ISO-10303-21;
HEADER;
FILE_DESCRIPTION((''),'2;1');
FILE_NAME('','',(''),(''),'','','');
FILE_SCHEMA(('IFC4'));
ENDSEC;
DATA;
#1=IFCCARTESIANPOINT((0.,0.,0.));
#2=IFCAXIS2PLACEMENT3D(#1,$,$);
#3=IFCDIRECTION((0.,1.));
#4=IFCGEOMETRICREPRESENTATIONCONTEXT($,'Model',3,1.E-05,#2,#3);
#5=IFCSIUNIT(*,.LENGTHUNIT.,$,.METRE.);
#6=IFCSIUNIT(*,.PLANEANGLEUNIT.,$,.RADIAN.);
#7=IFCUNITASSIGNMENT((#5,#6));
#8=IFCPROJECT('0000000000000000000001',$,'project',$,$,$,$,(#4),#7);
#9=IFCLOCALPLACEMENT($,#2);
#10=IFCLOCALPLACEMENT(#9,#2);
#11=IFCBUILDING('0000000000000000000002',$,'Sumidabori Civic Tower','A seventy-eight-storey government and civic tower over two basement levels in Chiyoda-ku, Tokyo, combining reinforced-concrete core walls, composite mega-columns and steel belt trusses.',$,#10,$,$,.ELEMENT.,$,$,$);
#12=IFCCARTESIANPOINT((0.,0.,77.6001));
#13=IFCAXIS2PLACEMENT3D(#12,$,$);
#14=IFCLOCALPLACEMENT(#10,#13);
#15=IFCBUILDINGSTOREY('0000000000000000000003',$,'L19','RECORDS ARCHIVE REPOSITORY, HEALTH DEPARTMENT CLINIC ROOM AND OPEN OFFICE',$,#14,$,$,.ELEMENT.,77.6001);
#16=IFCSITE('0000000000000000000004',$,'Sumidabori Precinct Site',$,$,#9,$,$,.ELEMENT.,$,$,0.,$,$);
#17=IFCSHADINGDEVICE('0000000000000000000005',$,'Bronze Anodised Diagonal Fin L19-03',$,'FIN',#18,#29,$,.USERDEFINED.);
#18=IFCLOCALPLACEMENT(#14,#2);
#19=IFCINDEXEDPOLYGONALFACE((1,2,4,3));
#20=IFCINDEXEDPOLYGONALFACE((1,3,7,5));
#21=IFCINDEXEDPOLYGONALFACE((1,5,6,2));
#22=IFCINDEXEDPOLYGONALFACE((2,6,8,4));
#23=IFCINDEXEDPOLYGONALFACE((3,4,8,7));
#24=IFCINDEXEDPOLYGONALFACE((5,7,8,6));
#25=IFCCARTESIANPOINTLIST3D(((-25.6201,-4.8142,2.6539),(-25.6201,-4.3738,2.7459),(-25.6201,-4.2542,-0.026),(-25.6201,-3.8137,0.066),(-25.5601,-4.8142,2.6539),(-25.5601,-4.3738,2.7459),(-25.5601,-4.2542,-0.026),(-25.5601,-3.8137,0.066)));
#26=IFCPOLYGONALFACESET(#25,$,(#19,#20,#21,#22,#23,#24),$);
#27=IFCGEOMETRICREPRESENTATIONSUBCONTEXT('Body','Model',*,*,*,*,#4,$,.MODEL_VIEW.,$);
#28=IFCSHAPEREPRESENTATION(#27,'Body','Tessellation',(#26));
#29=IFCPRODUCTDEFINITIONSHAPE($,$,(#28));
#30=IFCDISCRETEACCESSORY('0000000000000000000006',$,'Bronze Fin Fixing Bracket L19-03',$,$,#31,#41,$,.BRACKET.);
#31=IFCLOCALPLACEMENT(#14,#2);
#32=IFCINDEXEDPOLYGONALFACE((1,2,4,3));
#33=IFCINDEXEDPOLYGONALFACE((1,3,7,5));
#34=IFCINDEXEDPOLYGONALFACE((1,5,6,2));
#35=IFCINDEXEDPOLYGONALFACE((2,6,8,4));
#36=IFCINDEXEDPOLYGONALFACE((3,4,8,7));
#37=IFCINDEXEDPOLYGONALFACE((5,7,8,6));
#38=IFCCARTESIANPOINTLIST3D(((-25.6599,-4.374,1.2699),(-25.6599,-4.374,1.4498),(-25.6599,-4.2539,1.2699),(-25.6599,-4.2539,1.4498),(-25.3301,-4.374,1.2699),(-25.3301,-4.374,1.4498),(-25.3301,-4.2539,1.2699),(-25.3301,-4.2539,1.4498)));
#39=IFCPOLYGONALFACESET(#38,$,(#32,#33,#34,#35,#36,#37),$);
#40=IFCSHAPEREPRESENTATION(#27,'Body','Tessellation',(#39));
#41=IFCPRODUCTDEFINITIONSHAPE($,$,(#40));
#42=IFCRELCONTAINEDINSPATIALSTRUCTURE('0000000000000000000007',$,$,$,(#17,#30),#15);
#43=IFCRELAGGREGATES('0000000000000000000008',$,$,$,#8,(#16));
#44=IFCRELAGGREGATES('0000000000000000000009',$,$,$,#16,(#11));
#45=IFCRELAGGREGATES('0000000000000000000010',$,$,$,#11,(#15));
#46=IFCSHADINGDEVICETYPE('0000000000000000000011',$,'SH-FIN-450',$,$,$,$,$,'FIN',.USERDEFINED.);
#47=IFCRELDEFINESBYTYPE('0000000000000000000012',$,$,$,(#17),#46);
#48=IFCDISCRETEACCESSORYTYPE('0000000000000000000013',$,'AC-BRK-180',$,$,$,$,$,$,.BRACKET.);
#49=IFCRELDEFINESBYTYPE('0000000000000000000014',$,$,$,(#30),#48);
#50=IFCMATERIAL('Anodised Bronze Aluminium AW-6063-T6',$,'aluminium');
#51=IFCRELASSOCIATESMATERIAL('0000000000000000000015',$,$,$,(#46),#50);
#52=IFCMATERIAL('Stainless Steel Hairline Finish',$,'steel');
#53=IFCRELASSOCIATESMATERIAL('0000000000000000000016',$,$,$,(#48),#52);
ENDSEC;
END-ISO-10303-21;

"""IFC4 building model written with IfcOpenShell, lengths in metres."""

from ifc_helpers import new_model, si_unit, direction, frame, origin, origin_2d, place, context, subcontext, project, spatial, rectangle, extrude, source, transform, mapped, material, material_profile, profile_set, type_object, element, save


model = new_model("IFC4")

# Units and contexts
model_context = context("Model", 3, precision=1e-05, world=origin(), true_north=direction((0.0, 1.0)))
body_context = subcontext(model_context, "Body", "Model", "MODEL_VIEW")
ifc_project = project(units=[si_unit("LENGTHUNIT", "METRE"), si_unit("PLANEANGLEUNIT", "RADIAN")], contexts=[model_context])

# Site, building, storey
site_placement = place(None, origin())
site = spatial("IfcSite", under=ifc_project, at=site_placement, Name="Sumidabori Precinct Site", CompositionType="ELEMENT", RefElevation=0.0)
building_placement = place(site_placement, origin())
building = spatial("IfcBuilding", under=site, at=building_placement, Name="Sumidabori Civic Tower", Description="A seventy-eight-storey government and civic tower over two basement levels in Chiyoda-ku, Tokyo, combining reinforced-concrete core walls, composite mega-columns and steel belt trusses.", CompositionType="ELEMENT")
storey_placement = place(building_placement, frame((0.0, 0.0, 77.6001)))
storey = spatial("IfcBuildingStorey", under=building, at=storey_placement, Name="L19", Description="RECORDS ARCHIVE REPOSITORY, HEALTH DEPARTMENT CLINIC ROOM AND OPEN OFFICE", CompositionType="ELEMENT", Elevation=77.6001)

# Shared definitions
ifc_material_1 = material(Name="Anodised Bronze Aluminium AW-6063-T6", Category="aluminium")

# Shading device
ifc_material_profile_1 = material_profile(ifc_material_1, rectangle(XDim=0.0601, YDim=0.45, at=origin_2d()), Name="BRONZE FIN 450x60")
ifc_profile_set_1 = profile_set([ifc_material_profile_1], Name="Anodised Bronze Aluminium AW-6063-T6")
shading_device_type = type_object("IfcShadingDeviceType", Name="SH-FIN-450", ElementType="FIN", PredefinedType="USERDEFINED", material=ifc_profile_set_1)
shared_shape_1 = source(origin(), body_context, "Body", "SweptSolid", [
    extrude(rectangle(XDim=0.0601, YDim=0.45, at=origin_2d()), origin(), (0.0, 0.0, 1.0), 2.7378),
])
shading_device_placement = place(storey_placement, frame((-25.5901, -4.0339, 0.02), z_axis=(0.0, -0.204563, 0.978853), x_axis=(-1.0, 0.0, 0.0)))
element("IfcShadingDevice", 1, at=shading_device_placement, inside=storey, type_object=shading_device_type, Name="Bronze Anodised Diagonal Fin L19-03", ObjectType="FIN", PredefinedType="USERDEFINED", context=body_context, shape_type="MappedRepresentation", body=[
    mapped(shared_shape_1, transform((0.0, 0.0, 0.0), x_axis=(1.0, 0.0, 0.0), y_axis=(0.0, 1.0, 0.0), z_axis=(0.0, 0.0, 1.0), scale=1.0)),
])

# Discrete accessory
ifc_material_2 = material(Name="Stainless Steel Hairline Finish", Category="steel")
ifc_material_profile_2 = material_profile(ifc_material_2, rectangle(XDim=0.1201, YDim=0.1799, at=origin_2d()), Name="STEEL BRACKET 180x120")
ifc_profile_set_2 = profile_set([ifc_material_profile_2], Name="Stainless Steel Hairline Finish")
discrete_accessory_type = type_object("IfcDiscreteAccessoryType", Name="AC-BRK-180", PredefinedType="BRACKET", material=ifc_profile_set_2)
shared_shape_2 = source(origin(), body_context, "Body", "SweptSolid", [
    extrude(rectangle(XDim=0.1201, YDim=0.1799, at=origin_2d()), origin(), (0.0, 0.0, 1.0), 0.3298),
])
discrete_accessory_placement = place(storey_placement, frame((-25.3301, -4.314, 1.3599), z_axis=(-1.0, 0.0, 0.0), x_axis=(0.0, -1.0, 0.0)))
element("IfcDiscreteAccessory", 2, at=discrete_accessory_placement, inside=storey, type_object=discrete_accessory_type, Name="Bronze Fin Fixing Bracket L19-03", PredefinedType="BRACKET", context=body_context, shape_type="MappedRepresentation", body=[
    mapped(shared_shape_2, transform((0.0, 0.0, 0.0), x_axis=(1.0, 0.0, 0.0), y_axis=(0.0, 1.0, 0.0), z_axis=(0.0, 0.0, 1.0), scale=1.0)),
])

save(model, "model.ifc")
